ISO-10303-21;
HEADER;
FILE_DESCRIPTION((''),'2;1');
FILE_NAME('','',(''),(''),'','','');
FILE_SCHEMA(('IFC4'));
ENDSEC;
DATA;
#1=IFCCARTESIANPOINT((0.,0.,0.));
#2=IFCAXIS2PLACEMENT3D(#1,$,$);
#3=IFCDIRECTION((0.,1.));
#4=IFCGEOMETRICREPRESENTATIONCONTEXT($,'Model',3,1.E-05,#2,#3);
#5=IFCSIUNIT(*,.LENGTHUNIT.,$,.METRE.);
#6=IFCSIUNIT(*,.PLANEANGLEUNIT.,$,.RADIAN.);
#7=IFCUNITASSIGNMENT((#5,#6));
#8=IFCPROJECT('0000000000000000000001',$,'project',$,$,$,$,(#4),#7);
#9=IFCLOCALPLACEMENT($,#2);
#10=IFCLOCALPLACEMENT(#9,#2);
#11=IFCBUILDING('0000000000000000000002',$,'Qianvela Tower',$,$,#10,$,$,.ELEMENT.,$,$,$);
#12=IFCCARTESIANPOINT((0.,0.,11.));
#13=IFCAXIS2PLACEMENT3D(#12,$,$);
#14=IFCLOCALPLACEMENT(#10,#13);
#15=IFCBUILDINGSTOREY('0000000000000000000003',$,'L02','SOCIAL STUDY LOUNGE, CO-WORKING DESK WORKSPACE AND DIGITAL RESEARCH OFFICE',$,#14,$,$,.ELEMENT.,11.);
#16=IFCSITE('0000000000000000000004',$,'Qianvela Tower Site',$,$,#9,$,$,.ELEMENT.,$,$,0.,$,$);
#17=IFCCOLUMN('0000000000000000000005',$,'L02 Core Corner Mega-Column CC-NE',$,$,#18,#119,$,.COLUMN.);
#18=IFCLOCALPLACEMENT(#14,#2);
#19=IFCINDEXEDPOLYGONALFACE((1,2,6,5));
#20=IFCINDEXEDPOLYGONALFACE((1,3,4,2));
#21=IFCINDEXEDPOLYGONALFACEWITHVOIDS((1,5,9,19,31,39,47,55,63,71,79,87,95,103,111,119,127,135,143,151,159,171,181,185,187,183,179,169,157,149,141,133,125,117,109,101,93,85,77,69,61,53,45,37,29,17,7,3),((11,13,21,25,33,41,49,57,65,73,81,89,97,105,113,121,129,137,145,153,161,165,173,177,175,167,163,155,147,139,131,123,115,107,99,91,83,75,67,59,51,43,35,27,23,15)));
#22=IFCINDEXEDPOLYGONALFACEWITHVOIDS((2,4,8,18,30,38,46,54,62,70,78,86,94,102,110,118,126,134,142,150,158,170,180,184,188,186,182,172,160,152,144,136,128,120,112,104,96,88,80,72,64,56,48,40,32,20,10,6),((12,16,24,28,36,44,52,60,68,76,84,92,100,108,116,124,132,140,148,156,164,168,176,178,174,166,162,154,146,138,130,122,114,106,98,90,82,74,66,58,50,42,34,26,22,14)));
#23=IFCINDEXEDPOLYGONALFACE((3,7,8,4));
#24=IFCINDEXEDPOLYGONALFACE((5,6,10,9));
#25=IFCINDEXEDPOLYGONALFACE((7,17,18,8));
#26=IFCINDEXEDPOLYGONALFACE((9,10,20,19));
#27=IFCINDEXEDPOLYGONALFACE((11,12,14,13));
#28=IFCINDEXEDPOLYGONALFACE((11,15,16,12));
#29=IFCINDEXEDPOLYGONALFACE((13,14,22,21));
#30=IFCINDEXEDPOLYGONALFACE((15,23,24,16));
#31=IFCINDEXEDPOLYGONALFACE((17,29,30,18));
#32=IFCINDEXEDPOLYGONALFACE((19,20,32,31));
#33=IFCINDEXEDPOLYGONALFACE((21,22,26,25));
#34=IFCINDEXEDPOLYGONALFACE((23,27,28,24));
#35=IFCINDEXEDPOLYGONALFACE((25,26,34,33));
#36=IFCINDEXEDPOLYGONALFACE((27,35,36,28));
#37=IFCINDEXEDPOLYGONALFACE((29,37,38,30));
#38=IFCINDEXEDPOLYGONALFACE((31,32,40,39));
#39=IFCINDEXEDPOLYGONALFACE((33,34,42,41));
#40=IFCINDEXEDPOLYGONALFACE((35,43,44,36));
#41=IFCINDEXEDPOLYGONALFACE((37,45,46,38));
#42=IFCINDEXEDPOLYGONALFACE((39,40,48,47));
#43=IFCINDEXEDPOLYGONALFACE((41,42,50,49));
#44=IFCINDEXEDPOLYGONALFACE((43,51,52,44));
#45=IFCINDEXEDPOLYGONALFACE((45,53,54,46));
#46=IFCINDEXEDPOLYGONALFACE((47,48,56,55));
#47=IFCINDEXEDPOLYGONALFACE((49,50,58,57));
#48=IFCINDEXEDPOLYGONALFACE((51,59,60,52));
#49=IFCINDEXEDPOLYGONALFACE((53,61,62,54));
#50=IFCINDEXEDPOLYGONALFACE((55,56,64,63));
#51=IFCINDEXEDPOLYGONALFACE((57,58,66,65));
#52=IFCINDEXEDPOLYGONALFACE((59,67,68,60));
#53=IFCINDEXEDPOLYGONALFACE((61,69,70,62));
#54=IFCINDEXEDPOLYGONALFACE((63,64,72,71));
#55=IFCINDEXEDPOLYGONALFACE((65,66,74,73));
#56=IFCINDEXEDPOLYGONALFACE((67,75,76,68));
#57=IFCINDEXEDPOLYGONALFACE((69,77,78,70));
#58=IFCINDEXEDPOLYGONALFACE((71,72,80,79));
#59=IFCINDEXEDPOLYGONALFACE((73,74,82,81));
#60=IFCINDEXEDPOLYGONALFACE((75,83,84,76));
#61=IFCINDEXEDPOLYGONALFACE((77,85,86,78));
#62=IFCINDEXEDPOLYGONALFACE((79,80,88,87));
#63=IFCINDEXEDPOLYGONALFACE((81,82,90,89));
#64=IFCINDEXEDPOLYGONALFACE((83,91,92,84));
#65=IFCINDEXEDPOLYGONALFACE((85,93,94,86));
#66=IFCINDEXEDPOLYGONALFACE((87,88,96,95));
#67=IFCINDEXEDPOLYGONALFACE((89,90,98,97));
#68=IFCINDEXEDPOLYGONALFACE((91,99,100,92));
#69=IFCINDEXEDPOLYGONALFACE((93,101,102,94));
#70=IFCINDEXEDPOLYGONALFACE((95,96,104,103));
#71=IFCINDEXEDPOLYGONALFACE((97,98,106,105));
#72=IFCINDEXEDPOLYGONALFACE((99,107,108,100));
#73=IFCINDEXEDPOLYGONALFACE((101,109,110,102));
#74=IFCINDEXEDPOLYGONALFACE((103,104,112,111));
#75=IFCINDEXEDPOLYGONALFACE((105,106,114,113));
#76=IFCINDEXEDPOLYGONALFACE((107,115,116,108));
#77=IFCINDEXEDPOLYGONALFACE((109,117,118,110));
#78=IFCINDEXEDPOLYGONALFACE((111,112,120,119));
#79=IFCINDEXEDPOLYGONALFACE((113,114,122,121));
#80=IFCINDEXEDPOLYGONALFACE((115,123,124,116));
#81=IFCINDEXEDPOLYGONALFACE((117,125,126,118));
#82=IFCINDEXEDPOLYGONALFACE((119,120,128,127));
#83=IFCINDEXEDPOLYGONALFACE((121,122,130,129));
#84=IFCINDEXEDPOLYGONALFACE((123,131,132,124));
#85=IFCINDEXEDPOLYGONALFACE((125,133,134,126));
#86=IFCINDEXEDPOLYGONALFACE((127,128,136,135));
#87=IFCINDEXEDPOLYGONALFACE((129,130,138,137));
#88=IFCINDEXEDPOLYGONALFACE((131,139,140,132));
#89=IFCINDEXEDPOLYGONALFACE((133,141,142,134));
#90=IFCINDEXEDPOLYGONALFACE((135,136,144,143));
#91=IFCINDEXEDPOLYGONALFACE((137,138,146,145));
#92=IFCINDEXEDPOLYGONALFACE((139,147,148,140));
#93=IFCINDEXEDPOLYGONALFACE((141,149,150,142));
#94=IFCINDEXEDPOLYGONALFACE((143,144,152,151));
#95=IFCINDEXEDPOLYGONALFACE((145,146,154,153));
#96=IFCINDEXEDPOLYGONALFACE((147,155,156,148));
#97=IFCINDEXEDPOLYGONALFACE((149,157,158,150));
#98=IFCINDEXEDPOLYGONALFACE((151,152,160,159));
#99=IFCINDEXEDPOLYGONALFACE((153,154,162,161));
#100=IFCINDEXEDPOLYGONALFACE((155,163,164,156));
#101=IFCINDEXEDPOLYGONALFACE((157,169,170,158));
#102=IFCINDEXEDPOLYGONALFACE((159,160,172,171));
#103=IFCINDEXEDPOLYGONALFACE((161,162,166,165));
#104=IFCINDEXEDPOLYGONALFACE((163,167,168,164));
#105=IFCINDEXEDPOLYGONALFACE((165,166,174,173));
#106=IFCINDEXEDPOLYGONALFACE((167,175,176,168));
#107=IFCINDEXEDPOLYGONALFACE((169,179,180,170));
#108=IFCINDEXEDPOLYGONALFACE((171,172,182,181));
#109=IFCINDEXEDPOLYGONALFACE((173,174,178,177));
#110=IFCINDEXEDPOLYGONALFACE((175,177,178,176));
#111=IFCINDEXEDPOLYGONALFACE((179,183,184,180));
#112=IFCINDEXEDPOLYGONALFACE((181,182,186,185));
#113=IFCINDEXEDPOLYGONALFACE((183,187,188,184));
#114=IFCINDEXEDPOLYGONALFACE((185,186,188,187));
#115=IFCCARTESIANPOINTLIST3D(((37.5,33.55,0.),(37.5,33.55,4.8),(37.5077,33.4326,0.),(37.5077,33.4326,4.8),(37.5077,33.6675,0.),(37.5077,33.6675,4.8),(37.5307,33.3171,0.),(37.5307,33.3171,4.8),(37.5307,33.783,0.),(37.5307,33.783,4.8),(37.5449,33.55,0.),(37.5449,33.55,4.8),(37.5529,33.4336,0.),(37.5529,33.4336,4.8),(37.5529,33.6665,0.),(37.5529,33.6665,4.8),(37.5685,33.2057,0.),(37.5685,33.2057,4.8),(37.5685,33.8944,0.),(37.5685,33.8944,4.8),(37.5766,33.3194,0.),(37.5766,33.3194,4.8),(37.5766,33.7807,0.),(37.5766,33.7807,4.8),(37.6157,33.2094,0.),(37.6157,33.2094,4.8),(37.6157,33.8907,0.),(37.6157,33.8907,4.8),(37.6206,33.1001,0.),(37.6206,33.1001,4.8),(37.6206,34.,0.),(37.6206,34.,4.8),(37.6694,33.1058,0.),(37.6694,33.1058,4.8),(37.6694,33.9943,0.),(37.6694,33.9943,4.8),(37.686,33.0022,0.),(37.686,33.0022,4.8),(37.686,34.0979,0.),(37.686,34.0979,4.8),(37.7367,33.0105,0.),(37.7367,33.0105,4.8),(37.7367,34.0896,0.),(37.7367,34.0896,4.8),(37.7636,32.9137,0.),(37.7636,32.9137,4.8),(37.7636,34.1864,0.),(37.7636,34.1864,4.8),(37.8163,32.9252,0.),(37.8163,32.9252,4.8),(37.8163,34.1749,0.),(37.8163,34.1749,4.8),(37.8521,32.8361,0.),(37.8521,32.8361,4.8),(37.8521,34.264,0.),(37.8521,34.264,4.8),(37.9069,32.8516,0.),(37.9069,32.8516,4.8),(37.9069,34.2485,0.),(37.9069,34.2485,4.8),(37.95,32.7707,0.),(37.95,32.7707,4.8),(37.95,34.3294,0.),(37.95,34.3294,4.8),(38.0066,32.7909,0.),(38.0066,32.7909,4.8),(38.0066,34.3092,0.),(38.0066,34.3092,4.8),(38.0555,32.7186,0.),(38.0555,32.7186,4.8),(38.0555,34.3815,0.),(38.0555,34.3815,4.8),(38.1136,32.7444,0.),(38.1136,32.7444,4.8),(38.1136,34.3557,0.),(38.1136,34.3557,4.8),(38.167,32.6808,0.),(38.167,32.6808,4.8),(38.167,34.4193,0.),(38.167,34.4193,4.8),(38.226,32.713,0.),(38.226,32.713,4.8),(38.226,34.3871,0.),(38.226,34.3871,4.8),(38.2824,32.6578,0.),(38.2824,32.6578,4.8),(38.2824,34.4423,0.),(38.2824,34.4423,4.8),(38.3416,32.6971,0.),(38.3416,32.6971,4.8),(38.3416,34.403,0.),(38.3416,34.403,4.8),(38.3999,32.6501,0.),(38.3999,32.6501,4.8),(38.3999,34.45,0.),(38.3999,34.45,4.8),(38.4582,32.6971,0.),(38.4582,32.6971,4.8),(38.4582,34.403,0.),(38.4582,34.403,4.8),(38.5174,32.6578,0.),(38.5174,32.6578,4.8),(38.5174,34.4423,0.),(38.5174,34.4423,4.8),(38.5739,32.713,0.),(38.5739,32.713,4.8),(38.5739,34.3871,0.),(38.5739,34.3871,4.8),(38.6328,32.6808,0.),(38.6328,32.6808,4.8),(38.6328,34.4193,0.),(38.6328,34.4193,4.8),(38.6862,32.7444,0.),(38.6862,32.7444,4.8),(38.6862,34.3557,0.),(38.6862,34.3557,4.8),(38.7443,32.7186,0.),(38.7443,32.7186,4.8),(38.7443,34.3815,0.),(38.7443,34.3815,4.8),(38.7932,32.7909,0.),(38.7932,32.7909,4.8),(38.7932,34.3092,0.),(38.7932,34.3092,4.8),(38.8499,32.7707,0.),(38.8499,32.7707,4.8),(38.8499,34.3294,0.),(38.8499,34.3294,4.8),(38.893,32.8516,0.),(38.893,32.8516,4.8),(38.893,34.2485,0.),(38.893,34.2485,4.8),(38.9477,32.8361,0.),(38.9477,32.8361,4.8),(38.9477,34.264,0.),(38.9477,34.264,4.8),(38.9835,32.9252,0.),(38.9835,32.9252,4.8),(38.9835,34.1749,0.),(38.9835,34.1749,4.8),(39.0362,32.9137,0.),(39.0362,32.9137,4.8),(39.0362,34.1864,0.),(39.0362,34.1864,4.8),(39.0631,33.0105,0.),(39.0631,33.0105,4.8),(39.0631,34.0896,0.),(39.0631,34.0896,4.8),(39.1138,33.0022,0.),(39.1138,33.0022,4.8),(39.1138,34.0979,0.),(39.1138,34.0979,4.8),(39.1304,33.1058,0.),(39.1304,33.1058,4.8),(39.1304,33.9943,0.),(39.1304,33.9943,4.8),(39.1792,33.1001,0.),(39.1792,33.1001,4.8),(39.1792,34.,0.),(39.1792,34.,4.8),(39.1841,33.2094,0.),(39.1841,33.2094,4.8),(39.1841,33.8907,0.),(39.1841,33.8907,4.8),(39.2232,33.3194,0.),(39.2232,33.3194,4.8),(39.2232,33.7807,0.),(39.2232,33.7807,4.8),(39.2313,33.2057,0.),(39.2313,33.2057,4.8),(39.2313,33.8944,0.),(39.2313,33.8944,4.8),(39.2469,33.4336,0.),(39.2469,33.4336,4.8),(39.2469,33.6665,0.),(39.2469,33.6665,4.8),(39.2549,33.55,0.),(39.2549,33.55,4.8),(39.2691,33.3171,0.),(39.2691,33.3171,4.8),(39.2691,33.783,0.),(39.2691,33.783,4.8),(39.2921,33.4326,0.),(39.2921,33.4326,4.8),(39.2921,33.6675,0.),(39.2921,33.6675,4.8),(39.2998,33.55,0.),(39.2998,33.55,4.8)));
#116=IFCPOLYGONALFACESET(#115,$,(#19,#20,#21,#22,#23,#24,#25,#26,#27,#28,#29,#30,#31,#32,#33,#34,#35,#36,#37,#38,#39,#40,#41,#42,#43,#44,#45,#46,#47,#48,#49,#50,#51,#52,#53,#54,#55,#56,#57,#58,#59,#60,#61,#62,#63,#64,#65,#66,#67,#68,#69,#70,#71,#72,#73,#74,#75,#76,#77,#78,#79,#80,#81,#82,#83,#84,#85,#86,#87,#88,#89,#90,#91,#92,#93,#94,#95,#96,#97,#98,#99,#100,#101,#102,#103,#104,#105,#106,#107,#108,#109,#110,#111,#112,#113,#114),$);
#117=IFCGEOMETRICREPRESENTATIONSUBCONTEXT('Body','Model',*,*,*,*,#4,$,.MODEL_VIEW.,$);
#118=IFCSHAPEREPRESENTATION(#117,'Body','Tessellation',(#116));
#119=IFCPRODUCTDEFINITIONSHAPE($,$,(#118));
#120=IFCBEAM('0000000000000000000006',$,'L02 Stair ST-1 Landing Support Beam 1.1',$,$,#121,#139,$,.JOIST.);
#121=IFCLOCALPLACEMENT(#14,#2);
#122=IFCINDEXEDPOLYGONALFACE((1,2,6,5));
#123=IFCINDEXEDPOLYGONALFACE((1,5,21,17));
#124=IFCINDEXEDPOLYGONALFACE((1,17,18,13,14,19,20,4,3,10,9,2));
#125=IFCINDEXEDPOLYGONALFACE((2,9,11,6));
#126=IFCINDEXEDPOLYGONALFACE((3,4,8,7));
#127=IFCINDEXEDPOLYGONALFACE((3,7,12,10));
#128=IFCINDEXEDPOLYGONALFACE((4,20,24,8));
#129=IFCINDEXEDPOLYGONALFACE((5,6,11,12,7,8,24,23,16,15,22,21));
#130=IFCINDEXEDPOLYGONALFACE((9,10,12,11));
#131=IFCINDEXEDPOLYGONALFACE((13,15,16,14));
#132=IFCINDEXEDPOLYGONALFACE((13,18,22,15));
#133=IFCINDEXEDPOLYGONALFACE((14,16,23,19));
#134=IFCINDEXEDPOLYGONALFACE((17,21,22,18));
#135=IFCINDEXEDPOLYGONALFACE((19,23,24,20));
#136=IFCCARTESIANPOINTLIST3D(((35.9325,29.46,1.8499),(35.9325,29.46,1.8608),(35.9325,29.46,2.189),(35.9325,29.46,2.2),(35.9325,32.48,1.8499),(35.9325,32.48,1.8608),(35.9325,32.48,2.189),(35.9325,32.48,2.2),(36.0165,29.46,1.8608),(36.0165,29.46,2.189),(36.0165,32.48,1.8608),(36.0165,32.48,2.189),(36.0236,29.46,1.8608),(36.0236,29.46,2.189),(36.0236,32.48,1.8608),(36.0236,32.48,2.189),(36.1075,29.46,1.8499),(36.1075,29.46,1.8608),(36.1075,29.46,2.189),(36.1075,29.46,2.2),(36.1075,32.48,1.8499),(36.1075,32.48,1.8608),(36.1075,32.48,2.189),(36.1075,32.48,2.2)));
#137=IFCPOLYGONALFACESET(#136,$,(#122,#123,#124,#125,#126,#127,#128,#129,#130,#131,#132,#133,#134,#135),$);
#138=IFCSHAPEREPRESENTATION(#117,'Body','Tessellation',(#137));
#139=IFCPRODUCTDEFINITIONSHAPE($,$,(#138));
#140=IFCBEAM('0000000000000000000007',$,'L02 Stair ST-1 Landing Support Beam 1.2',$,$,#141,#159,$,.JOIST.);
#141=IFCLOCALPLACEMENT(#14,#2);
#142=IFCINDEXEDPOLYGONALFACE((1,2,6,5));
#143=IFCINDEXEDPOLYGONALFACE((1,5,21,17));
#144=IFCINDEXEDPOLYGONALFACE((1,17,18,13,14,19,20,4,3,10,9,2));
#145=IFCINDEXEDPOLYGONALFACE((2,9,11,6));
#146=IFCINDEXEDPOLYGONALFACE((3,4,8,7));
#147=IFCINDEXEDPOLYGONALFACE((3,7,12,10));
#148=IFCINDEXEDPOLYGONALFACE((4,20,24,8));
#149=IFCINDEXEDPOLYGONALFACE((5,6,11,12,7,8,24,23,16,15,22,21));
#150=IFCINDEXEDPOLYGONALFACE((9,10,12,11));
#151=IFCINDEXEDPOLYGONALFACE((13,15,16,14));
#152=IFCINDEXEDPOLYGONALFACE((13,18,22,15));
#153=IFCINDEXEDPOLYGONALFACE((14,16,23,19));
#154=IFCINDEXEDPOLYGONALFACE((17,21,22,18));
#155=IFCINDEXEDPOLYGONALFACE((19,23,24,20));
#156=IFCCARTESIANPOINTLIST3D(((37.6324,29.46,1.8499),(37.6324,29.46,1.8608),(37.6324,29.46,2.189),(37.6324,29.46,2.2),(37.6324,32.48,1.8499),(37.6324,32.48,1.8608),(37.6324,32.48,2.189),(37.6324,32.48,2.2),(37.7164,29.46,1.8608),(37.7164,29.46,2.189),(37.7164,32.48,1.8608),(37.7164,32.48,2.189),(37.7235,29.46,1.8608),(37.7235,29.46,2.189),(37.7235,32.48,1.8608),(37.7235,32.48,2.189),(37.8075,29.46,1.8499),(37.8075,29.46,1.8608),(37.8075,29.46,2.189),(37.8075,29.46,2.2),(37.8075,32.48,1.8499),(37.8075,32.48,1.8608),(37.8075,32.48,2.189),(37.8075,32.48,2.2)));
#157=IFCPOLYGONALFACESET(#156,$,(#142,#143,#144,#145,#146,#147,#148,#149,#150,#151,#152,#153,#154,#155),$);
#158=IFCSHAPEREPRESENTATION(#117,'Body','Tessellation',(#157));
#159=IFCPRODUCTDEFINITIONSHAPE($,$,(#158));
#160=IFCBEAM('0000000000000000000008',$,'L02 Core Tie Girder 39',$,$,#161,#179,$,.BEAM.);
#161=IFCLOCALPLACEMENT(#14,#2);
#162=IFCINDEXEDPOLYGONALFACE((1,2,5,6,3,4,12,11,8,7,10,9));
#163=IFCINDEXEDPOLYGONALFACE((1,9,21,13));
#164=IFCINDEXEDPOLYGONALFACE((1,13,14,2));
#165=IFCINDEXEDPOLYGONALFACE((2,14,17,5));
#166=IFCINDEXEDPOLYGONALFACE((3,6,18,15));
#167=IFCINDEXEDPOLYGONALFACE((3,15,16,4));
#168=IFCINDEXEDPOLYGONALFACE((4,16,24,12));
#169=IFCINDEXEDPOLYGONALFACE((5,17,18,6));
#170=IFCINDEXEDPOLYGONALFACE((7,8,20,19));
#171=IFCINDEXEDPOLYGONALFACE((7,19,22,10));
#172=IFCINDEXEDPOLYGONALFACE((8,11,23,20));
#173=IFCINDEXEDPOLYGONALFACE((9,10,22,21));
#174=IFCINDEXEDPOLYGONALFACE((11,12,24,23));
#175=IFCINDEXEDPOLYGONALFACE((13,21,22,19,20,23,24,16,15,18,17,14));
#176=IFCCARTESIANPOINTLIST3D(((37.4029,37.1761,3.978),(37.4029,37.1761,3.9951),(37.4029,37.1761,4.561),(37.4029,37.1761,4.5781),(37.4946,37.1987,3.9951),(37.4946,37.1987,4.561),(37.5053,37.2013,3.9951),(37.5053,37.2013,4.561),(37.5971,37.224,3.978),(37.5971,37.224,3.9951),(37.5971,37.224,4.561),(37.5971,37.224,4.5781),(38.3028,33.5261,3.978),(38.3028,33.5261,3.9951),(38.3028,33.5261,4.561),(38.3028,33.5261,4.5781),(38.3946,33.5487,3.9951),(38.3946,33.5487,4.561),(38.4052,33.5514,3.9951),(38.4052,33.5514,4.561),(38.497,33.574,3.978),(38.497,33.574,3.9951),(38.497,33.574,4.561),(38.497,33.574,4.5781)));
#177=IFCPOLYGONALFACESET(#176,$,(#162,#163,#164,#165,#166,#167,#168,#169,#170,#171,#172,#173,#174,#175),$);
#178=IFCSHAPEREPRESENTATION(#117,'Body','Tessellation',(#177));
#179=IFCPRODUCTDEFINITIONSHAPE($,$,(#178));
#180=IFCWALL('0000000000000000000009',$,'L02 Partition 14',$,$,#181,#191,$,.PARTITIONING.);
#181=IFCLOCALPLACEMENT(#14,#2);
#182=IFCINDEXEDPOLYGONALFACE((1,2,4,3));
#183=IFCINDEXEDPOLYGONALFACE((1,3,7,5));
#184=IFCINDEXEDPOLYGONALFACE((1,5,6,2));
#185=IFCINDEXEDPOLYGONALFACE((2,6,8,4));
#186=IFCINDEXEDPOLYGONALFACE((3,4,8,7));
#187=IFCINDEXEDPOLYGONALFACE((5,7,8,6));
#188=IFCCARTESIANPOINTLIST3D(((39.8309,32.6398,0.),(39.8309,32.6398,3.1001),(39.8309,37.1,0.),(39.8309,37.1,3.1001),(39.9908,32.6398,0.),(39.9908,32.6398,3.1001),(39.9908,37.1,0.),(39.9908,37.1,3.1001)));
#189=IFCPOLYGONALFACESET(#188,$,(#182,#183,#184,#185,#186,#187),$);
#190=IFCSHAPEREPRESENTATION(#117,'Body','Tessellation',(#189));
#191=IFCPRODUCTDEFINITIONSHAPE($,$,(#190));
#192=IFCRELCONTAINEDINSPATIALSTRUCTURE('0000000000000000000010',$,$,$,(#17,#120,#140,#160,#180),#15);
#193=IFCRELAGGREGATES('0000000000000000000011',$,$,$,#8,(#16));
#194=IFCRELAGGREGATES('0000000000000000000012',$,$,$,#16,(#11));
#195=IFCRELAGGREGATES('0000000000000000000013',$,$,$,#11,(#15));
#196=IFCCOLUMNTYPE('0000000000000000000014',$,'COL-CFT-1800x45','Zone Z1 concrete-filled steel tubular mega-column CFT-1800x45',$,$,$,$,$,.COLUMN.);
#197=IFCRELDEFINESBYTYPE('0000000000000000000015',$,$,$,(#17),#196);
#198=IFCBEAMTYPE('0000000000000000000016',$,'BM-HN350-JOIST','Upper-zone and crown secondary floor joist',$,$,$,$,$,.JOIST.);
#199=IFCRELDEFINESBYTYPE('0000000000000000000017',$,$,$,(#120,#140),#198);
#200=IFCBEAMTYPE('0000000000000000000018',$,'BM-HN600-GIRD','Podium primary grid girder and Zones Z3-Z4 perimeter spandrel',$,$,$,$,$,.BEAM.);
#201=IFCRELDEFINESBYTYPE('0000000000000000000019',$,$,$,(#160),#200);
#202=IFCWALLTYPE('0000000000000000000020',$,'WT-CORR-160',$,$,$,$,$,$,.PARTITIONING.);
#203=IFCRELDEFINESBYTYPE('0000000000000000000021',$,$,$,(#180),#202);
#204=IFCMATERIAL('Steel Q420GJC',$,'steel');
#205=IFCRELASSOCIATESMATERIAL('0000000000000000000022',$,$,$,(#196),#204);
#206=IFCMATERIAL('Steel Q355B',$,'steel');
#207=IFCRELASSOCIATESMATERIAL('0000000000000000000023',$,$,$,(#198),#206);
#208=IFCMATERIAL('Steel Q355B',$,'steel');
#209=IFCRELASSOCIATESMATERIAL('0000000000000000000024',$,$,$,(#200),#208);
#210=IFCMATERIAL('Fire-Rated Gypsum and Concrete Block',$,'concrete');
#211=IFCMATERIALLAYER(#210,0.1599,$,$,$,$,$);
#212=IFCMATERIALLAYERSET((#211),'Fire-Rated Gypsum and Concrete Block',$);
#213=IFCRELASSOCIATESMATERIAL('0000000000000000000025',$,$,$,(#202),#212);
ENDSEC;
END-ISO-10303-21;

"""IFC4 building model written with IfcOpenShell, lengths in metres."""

from ifc_helpers import new_model, si_unit, direction, frame, frame_2d, origin, origin_2d, place, context, subcontext, project, spatial, rectangle, hollow_circle, i_section, extrude, material, layer, layer_set, material_profile, profile_set, type_object, element, save


model = new_model("IFC4")

# Units and contexts
model_context = context("Model", 3, precision=1e-05, world=origin(), true_north=direction((0.0, 1.0)))
body_context = subcontext(model_context, "Body", "Model", "MODEL_VIEW")
ifc_project = project(units=[si_unit("LENGTHUNIT", "METRE"), si_unit("PLANEANGLEUNIT", "RADIAN")], contexts=[model_context])

# Site, building, storey
site_placement = place(None, origin())
site = spatial("IfcSite", under=ifc_project, at=site_placement, Name="Qianvela Tower Site", CompositionType="ELEMENT", RefElevation=0.0)
building_placement = place(site_placement, origin())
building = spatial("IfcBuilding", under=site, at=building_placement, Name="Qianvela Tower", CompositionType="ELEMENT")
storey_placement = place(building_placement, frame((0.0, 0.0, 11.0)))
storey = spatial("IfcBuildingStorey", under=building, at=storey_placement, Name="L02", Description="SOCIAL STUDY LOUNGE, CO-WORKING DESK WORKSPACE AND DIGITAL RESEARCH OFFICE", CompositionType="ELEMENT", Elevation=11.0)

# Column
ifc_material_1 = material(Name="Steel Q420GJC", Category="steel")
ifc_material_profile_1 = material_profile(ifc_material_1, hollow_circle(Radius=0.8999, WallThickness=0.0449, at=origin_2d()), Name="CFT-1800x45")
ifc_profile_set_1 = profile_set([ifc_material_profile_1], Name="Steel Q420GJC")
column_type = type_object("IfcColumnType", Name="COL-CFT-1800x45", Description="Zone Z1 concrete-filled steel tubular mega-column CFT-1800x45", PredefinedType="COLUMN", material=ifc_profile_set_1)
column_placement = place(storey_placement, frame((38.3999, 33.55, 0.0), z_axis=(0.0, 0.0, 1.0), x_axis=(1.0, 0.0, 0.0)))
element("IfcColumn", 1, at=column_placement, inside=storey, type_object=column_type, Name="L02 Core Corner Mega-Column CC-NE", PredefinedType="COLUMN", context=body_context, shape_type="SweptSolid", body=[
    extrude(hollow_circle(Radius=0.8999, WallThickness=0.0449, at=origin_2d()), origin(), (0.0, 0.0, 1.0), 4.8),
])

# Beams
ifc_material_2 = material(Name="Steel Q355B", Category="steel")
ifc_material_profile_2 = material_profile(ifc_material_2, i_section(OverallWidth=0.175, OverallDepth=0.3501, WebThickness=0.0071, FlangeThickness=0.011, at=origin_2d()), Name="HN350x175x7x11")
ifc_profile_set_2 = profile_set([ifc_material_profile_2], Name="Steel Q355B")
beam_type_1 = type_object("IfcBeamType", Name="BM-HN350-JOIST", Description="Upper-zone and crown secondary floor joist", PredefinedType="JOIST", material=ifc_profile_set_2)
for number, where, z_axis, x_axis, name in (
    (2, (36.02, 29.46, 2.0249), (0.0, 1.0, 0.0), (-1.0, 0.0, 0.0), "L02 Stair ST-1 Landing Support Beam 1.1"),
    (3, (37.72, 29.46, 2.0249), (0.0, 1.0, 0.0), (-1.0, 0.0, 0.0), "L02 Stair ST-1 Landing Support Beam 1.2"),
):
    element("IfcBeam", number, at=place(storey_placement, frame(where, z_axis=z_axis, x_axis=x_axis)), inside=storey, type_object=beam_type_1, Name=name, PredefinedType="JOIST", context=body_context, shape_type="SweptSolid", body=[
        extrude(i_section(OverallWidth=0.175, OverallDepth=0.3501, WebThickness=0.0071, FlangeThickness=0.011, at=origin_2d()), origin(), (0.0, 0.0, 1.0), 3.02),
    ])
ifc_material_3 = material(Name="Steel Q355B", Category="steel")
ifc_material_profile_3 = material_profile(ifc_material_3, i_section(OverallWidth=0.2, OverallDepth=0.6001, WebThickness=0.011, FlangeThickness=0.0171, at=origin_2d()), Name="HN600x200x11x17")
ifc_profile_set_3 = profile_set([ifc_material_profile_3], Name="Steel Q355B")
beam_type_2 = type_object("IfcBeamType", Name="BM-HN600-GIRD", Description="Podium primary grid girder and Zones Z3-Z4 perimeter spandrel", PredefinedType="BEAM", material=ifc_profile_set_3)
beam_placement = place(storey_placement, frame((38.3999, 33.55, 4.2781), z_axis=(-0.239386, 0.970924, 0.0), x_axis=(-0.970924, -0.239386, 0.0)))
element("IfcBeam", 4, at=beam_placement, inside=storey, type_object=beam_type_2, Name="L02 Core Tie Girder 39", PredefinedType="BEAM", context=body_context, shape_type="SweptSolid", body=[
    extrude(i_section(OverallWidth=0.2, OverallDepth=0.6001, WebThickness=0.011, FlangeThickness=0.0171, at=origin_2d()), origin(), (0.0, 0.0, 1.0), 3.7593),
])

# Wall
ifc_material_4 = material(Name="Fire-Rated Gypsum and Concrete Block", Category="concrete")
ifc_layer_1 = layer(ifc_material_4, 0.1599)
ifc_layer_set_1 = layer_set([ifc_layer_1], Name="Fire-Rated Gypsum and Concrete Block")
wall_type_1 = type_object("IfcWallType", Name="WT-CORR-160", PredefinedType="PARTITIONING", material=ifc_layer_set_1)
wall_1_placement = place(storey_placement, frame((39.9109, 32.6399, 0.0), z_axis=(0.0, 0.0, 1.0), x_axis=(0.0, 1.0, 0.0)))
element("IfcWall", 5, at=wall_1_placement, inside=storey, type_object=wall_type_1, Name="L02 Partition 14", PredefinedType="PARTITIONING", context=body_context, shape_type="SweptSolid", body=[
    extrude(rectangle(XDim=4.4602, YDim=0.1599, at=frame_2d((2.23, 0.0))), origin(), (0.0, 0.0, 1.0), 3.1001),
])

save(model, "model.ifc")
